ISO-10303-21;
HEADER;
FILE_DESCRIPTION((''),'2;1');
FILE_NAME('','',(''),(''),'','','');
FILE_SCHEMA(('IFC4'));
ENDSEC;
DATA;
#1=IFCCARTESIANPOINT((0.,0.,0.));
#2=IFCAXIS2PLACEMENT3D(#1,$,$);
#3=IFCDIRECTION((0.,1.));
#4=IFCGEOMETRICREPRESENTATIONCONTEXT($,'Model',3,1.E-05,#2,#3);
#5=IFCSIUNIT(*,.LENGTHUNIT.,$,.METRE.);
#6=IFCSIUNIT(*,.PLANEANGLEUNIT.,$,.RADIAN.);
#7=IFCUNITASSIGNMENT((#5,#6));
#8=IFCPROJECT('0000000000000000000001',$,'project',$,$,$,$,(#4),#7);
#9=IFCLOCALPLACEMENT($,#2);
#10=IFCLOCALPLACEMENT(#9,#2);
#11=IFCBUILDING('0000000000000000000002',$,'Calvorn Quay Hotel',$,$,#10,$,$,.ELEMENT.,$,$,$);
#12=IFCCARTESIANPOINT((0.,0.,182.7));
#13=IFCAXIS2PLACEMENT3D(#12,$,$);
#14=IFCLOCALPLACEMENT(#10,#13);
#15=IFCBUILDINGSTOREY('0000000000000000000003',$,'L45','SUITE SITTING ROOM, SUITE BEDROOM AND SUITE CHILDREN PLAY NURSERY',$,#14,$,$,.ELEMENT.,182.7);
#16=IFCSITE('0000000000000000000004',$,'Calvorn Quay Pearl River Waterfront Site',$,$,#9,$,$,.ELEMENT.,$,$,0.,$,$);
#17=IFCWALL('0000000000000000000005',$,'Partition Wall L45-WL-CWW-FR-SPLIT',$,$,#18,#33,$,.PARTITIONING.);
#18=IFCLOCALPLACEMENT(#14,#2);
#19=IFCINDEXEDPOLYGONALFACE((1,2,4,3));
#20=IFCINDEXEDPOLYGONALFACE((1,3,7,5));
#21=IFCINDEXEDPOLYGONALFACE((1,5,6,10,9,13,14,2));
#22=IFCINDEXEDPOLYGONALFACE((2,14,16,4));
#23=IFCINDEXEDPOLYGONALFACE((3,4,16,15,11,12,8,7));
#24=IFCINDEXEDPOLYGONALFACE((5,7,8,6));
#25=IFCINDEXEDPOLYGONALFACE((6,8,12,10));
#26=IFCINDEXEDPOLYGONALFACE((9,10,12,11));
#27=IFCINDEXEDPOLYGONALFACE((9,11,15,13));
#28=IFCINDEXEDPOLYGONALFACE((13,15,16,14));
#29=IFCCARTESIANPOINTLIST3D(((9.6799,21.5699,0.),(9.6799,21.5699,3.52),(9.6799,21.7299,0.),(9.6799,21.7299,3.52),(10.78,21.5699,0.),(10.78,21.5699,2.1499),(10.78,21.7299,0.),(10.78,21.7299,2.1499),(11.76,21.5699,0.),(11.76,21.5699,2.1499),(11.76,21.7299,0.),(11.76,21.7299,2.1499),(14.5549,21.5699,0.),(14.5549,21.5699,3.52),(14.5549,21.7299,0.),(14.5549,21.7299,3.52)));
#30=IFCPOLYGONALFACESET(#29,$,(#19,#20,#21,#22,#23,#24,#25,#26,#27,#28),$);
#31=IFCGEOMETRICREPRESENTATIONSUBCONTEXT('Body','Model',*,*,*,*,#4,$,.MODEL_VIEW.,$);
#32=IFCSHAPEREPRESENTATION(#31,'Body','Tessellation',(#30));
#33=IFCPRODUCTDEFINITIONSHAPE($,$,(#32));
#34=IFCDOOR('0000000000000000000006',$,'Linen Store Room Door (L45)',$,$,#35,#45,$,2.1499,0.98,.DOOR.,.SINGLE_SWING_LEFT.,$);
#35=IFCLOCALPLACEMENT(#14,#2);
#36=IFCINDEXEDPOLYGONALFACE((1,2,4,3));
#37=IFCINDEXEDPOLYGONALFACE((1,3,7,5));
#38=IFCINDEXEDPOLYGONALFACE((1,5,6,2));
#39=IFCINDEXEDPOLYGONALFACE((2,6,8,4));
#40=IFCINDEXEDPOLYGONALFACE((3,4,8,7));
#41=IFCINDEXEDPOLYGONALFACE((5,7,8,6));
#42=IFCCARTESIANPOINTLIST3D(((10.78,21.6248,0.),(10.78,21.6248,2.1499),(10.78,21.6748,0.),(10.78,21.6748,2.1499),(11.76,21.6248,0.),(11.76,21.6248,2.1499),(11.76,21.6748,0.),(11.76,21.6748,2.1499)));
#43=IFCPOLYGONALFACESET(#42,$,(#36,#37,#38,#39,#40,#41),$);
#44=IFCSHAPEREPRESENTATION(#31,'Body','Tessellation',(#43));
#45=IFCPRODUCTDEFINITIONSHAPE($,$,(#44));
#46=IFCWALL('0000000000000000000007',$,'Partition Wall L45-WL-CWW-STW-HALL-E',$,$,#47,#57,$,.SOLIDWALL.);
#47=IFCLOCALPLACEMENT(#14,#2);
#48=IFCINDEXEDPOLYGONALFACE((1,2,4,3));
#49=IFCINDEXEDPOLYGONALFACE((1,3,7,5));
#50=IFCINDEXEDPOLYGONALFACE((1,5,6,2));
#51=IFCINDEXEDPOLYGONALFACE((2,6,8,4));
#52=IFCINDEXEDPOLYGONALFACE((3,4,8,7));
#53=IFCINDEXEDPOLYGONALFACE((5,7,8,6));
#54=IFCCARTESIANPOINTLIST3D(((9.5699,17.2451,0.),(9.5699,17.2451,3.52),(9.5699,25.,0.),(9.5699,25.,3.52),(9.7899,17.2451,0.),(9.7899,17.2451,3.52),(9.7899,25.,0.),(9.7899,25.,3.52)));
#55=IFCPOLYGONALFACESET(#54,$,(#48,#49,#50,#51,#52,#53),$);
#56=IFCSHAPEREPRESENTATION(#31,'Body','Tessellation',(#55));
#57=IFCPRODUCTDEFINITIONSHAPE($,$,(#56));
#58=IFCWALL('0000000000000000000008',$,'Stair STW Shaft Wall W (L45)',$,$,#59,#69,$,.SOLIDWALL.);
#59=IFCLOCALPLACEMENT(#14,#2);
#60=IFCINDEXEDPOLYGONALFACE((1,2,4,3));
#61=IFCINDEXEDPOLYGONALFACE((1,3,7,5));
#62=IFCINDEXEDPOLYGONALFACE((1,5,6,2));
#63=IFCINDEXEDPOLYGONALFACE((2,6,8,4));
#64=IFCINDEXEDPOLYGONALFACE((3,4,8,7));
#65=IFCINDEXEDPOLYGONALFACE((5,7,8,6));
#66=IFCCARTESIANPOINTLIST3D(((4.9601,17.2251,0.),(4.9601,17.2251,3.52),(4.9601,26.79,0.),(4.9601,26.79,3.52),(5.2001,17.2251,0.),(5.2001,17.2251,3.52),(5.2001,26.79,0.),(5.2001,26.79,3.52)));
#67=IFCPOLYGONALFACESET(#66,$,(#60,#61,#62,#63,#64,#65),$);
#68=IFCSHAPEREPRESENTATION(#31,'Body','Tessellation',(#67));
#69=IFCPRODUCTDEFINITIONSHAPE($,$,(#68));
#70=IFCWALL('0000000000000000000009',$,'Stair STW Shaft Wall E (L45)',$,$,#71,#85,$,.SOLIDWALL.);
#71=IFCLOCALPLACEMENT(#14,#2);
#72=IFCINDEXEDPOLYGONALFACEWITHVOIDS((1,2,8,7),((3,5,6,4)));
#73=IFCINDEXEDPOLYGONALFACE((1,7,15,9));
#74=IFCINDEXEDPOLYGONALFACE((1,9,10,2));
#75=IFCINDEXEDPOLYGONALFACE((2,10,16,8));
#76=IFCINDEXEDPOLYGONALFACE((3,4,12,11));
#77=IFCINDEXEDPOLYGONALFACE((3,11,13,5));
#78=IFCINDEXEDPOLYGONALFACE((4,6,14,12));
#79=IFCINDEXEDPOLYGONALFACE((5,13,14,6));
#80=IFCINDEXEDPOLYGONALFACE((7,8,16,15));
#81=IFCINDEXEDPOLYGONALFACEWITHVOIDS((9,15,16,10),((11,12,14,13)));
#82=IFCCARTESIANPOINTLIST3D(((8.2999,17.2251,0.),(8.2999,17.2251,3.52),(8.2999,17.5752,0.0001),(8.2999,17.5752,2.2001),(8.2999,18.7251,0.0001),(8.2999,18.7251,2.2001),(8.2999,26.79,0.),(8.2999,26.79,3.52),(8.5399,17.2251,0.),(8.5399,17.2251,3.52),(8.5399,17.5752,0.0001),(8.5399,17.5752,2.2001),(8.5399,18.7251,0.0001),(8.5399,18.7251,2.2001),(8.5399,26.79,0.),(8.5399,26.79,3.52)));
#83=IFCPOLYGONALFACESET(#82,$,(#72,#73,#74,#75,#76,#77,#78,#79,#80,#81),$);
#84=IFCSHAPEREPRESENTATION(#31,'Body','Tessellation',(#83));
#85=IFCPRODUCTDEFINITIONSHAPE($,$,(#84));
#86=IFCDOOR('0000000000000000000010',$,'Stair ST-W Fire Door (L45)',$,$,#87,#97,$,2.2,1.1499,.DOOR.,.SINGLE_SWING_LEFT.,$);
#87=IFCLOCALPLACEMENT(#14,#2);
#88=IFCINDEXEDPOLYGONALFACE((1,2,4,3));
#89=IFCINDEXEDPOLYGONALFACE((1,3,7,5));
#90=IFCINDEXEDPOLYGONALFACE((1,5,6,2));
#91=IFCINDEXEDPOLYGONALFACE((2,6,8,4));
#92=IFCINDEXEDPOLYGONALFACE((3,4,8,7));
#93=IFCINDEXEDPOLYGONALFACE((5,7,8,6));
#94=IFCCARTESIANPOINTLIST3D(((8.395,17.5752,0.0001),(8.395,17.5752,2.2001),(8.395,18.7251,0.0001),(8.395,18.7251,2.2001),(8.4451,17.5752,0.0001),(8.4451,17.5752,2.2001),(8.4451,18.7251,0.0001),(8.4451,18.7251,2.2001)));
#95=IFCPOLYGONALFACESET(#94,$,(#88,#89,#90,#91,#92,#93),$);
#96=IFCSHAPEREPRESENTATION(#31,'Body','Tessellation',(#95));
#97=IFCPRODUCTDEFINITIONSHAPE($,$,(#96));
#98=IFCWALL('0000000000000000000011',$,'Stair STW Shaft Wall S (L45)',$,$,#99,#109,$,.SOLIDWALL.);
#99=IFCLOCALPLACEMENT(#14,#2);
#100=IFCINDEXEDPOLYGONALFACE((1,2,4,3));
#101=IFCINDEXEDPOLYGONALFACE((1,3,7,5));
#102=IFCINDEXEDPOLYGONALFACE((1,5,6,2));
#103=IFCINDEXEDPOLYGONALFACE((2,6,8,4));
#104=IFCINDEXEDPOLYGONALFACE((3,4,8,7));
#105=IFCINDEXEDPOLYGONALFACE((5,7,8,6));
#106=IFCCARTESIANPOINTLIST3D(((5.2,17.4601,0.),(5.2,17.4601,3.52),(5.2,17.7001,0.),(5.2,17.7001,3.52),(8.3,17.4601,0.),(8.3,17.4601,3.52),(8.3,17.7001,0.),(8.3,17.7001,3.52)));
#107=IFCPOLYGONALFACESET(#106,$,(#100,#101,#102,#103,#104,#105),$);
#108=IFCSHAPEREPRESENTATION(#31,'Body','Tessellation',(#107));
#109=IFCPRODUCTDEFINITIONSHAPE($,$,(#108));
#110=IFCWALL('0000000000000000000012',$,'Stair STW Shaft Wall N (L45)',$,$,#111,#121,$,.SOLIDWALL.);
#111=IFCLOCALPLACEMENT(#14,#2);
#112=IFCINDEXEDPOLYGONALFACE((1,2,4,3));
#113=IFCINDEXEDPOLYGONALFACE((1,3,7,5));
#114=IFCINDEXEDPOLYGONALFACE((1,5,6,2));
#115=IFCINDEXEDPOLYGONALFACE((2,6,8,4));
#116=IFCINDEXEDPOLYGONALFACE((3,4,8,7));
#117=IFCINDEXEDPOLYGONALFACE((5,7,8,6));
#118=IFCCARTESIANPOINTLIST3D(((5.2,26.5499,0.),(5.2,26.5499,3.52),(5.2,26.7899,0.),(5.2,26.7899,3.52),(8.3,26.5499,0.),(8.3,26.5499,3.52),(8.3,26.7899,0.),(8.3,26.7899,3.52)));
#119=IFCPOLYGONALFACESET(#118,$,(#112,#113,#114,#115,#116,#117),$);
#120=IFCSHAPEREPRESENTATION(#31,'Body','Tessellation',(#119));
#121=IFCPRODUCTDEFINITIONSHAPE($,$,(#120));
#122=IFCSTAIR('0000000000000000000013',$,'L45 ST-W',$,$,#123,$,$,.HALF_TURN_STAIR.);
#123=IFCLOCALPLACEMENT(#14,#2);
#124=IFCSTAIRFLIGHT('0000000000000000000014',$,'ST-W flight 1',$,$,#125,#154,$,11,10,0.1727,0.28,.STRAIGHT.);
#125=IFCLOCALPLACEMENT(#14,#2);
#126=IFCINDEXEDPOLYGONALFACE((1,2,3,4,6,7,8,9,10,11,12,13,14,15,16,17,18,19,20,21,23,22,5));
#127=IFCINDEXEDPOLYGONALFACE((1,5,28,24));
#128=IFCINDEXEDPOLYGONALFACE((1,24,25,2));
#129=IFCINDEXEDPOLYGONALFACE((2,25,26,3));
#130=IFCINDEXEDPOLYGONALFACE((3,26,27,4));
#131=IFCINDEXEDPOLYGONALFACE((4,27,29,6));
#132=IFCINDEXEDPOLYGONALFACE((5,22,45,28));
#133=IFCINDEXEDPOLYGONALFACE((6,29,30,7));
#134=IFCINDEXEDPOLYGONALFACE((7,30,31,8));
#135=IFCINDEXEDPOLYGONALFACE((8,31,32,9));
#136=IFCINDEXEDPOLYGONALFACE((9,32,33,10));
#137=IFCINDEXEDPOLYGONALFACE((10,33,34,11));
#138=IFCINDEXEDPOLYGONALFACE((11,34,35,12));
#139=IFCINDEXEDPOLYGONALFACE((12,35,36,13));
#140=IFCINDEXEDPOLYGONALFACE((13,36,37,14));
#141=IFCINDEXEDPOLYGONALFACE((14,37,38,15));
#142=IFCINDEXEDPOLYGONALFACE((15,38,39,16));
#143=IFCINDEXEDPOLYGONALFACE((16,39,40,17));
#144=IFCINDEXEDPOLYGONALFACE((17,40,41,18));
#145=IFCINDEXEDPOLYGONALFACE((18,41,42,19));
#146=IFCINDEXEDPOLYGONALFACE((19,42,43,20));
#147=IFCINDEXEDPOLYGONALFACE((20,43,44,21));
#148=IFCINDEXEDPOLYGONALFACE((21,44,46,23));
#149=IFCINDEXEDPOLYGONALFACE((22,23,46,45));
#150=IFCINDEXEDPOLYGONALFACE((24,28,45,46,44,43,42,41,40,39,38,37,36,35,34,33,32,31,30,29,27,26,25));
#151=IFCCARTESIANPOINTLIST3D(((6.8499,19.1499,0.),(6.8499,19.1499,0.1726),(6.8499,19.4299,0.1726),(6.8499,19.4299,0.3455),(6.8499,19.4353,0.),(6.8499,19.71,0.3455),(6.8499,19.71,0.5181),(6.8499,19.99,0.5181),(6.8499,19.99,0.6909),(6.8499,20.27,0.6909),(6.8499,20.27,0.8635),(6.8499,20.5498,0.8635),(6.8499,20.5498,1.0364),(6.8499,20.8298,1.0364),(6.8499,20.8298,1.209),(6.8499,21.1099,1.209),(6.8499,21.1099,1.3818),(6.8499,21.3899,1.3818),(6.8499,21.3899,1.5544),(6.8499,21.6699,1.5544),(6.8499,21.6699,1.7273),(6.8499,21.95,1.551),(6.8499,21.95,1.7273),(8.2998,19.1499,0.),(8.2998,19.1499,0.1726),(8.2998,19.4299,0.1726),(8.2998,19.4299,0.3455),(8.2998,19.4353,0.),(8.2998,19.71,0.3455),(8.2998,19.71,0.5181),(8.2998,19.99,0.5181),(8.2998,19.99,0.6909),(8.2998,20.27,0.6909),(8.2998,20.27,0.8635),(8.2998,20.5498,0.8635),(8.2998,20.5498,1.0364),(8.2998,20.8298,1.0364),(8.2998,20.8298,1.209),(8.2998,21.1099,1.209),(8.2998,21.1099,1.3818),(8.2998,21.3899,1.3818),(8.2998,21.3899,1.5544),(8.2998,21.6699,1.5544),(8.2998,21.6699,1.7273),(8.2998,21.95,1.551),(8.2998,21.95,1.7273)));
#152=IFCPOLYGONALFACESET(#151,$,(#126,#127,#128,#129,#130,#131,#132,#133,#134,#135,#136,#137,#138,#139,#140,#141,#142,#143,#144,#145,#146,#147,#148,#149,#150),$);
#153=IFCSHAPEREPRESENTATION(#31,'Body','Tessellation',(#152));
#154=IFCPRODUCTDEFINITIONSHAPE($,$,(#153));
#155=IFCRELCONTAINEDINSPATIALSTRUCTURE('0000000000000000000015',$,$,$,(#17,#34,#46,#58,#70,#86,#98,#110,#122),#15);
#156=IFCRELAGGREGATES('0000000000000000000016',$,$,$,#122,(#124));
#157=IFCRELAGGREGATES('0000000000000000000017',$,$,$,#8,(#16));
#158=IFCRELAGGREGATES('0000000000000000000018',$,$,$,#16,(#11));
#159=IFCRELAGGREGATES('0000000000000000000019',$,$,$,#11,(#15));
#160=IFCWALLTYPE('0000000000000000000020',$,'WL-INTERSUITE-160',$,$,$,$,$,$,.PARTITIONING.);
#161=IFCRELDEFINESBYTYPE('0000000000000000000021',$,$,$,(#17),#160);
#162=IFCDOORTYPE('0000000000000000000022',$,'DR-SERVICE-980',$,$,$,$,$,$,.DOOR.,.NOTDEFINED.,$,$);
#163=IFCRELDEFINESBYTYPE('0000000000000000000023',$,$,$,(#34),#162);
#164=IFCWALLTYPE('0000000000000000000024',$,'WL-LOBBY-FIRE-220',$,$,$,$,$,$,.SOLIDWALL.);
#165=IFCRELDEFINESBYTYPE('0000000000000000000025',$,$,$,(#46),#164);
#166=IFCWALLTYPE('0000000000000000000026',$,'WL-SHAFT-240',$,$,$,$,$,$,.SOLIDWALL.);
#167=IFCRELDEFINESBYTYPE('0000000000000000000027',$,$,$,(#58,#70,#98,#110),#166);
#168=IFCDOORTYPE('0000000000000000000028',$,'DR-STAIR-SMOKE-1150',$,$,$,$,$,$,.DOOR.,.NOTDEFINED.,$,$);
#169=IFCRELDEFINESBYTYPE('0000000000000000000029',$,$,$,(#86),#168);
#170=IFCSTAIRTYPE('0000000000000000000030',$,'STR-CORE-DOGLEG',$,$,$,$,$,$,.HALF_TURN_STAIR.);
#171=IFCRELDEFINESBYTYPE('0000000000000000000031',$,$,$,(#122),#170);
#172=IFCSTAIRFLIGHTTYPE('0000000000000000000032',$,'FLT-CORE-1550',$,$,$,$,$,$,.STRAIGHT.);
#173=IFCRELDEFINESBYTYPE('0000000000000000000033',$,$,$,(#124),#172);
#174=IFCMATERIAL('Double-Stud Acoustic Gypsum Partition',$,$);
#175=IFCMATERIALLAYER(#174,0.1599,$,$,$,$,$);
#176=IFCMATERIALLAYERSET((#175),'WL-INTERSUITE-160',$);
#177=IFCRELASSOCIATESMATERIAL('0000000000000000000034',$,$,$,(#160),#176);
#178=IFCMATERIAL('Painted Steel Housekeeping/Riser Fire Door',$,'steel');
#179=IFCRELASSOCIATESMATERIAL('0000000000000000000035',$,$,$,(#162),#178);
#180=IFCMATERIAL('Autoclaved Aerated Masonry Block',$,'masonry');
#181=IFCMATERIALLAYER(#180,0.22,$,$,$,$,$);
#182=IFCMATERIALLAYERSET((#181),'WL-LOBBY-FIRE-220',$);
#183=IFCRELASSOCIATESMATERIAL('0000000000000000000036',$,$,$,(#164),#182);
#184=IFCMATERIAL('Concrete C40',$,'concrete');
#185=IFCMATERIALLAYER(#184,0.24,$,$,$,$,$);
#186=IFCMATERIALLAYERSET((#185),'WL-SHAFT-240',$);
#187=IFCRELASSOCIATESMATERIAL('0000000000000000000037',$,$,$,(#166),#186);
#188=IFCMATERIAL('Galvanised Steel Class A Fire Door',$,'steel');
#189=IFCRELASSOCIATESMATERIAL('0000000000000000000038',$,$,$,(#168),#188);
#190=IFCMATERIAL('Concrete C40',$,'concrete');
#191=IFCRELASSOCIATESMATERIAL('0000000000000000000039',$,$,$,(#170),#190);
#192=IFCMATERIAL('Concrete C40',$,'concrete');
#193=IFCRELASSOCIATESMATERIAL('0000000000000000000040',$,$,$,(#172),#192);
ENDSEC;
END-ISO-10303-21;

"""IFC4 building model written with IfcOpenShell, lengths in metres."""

from ifc_helpers import new_model, si_unit, direction, frame, frame_2d, origin, place, context, subcontext, project, spatial, polyline, rectangle, outline, extrude, material, layer, layer_set, type_object, element, fill, aggregate, save


model = new_model("IFC4")

# Units and contexts
model_context = context("Model", 3, precision=1e-05, world=origin(), true_north=direction((0.0, 1.0)))
body_context = subcontext(model_context, "Body", "Model", "MODEL_VIEW")
ifc_project = project(units=[si_unit("LENGTHUNIT", "METRE"), si_unit("PLANEANGLEUNIT", "RADIAN")], contexts=[model_context])

# Site, building, storey
site_placement = place(None, origin())
site = spatial("IfcSite", under=ifc_project, at=site_placement, Name="Calvorn Quay Pearl River Waterfront Site", CompositionType="ELEMENT", RefElevation=0.0)
building_placement = place(site_placement, origin())
building = spatial("IfcBuilding", under=site, at=building_placement, Name="Calvorn Quay Hotel", CompositionType="ELEMENT")
storey_placement = place(building_placement, frame((0.0, 0.0, 182.7)))
storey = spatial("IfcBuildingStorey", under=building, at=storey_placement, Name="L45", Description="SUITE SITTING ROOM, SUITE BEDROOM AND SUITE CHILDREN PLAY NURSERY", CompositionType="ELEMENT", Elevation=182.7)

# Wall, opening, door
ifc_material_1 = material(Name="Double-Stud Acoustic Gypsum Partition")
ifc_layer_1 = layer(ifc_material_1, 0.1599)
ifc_layer_set_1 = layer_set([ifc_layer_1], Name="WL-INTERSUITE-160")
wall_type_1 = type_object("IfcWallType", Name="WL-INTERSUITE-160", PredefinedType="PARTITIONING", material=ifc_layer_set_1)
wall_1_placement = place(storey_placement, frame((9.6799, 21.6499, 0.0), z_axis=(0.0, 0.0, 1.0), x_axis=(1.0, 0.0, 0.0)))
wall_1 = element("IfcWall", 1, at=wall_1_placement, inside=storey, type_object=wall_type_1, Name="Partition Wall L45-WL-CWW-FR-SPLIT", PredefinedType="PARTITIONING", context=body_context, shape_type="SweptSolid", body=[
    extrude(rectangle(XDim=4.875, YDim=0.1599, at=frame_2d((2.4375, 0.0))), origin(), (0.0, 0.0, 1.0), 3.52),
])
opening_1_placement = place(wall_1_placement, frame((1.1001, 0.0, 0.0)))
opening_1 = element("IfcOpeningElement", 2, at=opening_1_placement, cuts=wall_1, PredefinedType="OPENING", context=body_context, shape_type="SweptSolid", body=[
    extrude(rectangle(XDim=0.98, YDim=2.1499, at=frame_2d((0.49, 1.075))), frame((0.0, 0.0898, 0.0), z_axis=(0.0, -1.0, 0.0), x_axis=(1.0, 0.0, 0.0)), (0.0, 0.0, 1.0), 0.1799),
])
ifc_material_2 = material(Name="Painted Steel Housekeeping/Riser Fire Door", Category="steel")
door_type_1 = type_object("IfcDoorType", Name="DR-SERVICE-980", OperationType="NOTDEFINED", PredefinedType="DOOR", material=ifc_material_2)
door_1_placement = place(opening_1_placement, origin())
door_1 = element("IfcDoor", 3, at=door_1_placement, inside=storey, type_object=door_type_1, Name="Linen Store Room Door (L45)", OperationType="SINGLE_SWING_LEFT", OverallHeight=2.1499, OverallWidth=0.98, PredefinedType="DOOR", context=body_context, shape_type="SweptSolid", body=[
    extrude(rectangle(XDim=0.98, YDim=2.1499, at=frame_2d((0.49, 1.075))), frame((0.0, 0.0249, 0.0), z_axis=(0.0, -1.0, 0.0), x_axis=(1.0, 0.0, 0.0)), (0.0, 0.0, 1.0), 0.05),
])
fill(opening_1, door_1)

# Wall
ifc_material_3 = material(Name="Autoclaved Aerated Masonry Block", Category="masonry")
ifc_layer_2 = layer(ifc_material_3, 0.22)
ifc_layer_set_2 = layer_set([ifc_layer_2], Name="WL-LOBBY-FIRE-220")
wall_type_2 = type_object("IfcWallType", Name="WL-LOBBY-FIRE-220", PredefinedType="SOLIDWALL", material=ifc_layer_set_2)
wall_2_placement = place(storey_placement, frame((9.6799, 17.2451, 0.0), z_axis=(0.0, 0.0, 1.0), x_axis=(0.0, 1.0, 0.0)))
element("IfcWall", 4, at=wall_2_placement, inside=storey, type_object=wall_type_2, Name="Partition Wall L45-WL-CWW-STW-HALL-E", PredefinedType="SOLIDWALL", context=body_context, shape_type="SweptSolid", body=[
    extrude(rectangle(XDim=7.7549, YDim=0.22, at=frame_2d((3.8774, 0.0))), origin(), (0.0, 0.0, 1.0), 3.52),
])

# Wall
ifc_material_4 = material(Name="Concrete C40", Category="concrete")
ifc_layer_3 = layer(ifc_material_4, 0.24)
ifc_layer_set_3 = layer_set([ifc_layer_3], Name="WL-SHAFT-240")
wall_type_3 = type_object("IfcWallType", Name="WL-SHAFT-240", PredefinedType="SOLIDWALL", material=ifc_layer_set_3)
wall_3_placement = place(storey_placement, frame((5.0801, 17.2251, 0.0), z_axis=(0.0, 0.0, 1.0), x_axis=(0.0, 1.0, 0.0)))
element("IfcWall", 5, at=wall_3_placement, inside=storey, type_object=wall_type_3, Name="Stair STW Shaft Wall W (L45)", PredefinedType="SOLIDWALL", context=body_context, shape_type="SweptSolid", body=[
    extrude(rectangle(XDim=9.5649, YDim=0.24, at=frame_2d((4.7825, 0.0))), origin(), (0.0, 0.0, 1.0), 3.52),
])

# Wall, opening, door
wall_4_placement = place(storey_placement, frame((8.4199, 17.2251, 0.0), z_axis=(0.0, 0.0, 1.0), x_axis=(0.0, 1.0, 0.0)))
wall_4 = element("IfcWall", 6, at=wall_4_placement, inside=storey, type_object=wall_type_3, Name="Stair STW Shaft Wall E (L45)", PredefinedType="SOLIDWALL", context=body_context, shape_type="SweptSolid", body=[
    extrude(rectangle(XDim=9.5649, YDim=0.24, at=frame_2d((4.7825, 0.0))), origin(), (0.0, 0.0, 1.0), 3.52),
])
opening_2_placement = place(wall_4_placement, frame((0.3501, 0.0, 0.0)))
opening_2 = element("IfcOpeningElement", 7, at=opening_2_placement, cuts=wall_4, PredefinedType="OPENING", context=body_context, shape_type="SweptSolid", body=[
    extrude(rectangle(XDim=1.1499, YDim=2.2, at=frame_2d((0.575, 1.1001))), frame((0.0, 0.1299, 0.0), z_axis=(0.0, -1.0, 0.0), x_axis=(1.0, 0.0, 0.0)), (0.0, 0.0, 1.0), 0.26),
])
ifc_material_5 = material(Name="Galvanised Steel Class A Fire Door", Category="steel")
door_type_2 = type_object("IfcDoorType", Name="DR-STAIR-SMOKE-1150", OperationType="NOTDEFINED", PredefinedType="DOOR", material=ifc_material_5)
door_2_placement = place(opening_2_placement, origin())
door_2 = element("IfcDoor", 8, at=door_2_placement, inside=storey, type_object=door_type_2, Name="Stair ST-W Fire Door (L45)", OperationType="SINGLE_SWING_LEFT", OverallHeight=2.2, OverallWidth=1.1499, PredefinedType="DOOR", context=body_context, shape_type="SweptSolid", body=[
    extrude(rectangle(XDim=1.1499, YDim=2.2, at=frame_2d((0.575, 1.1001))), frame((0.0, 0.0249, 0.0), z_axis=(0.0, -1.0, 0.0), x_axis=(1.0, 0.0, 0.0)), (0.0, 0.0, 1.0), 0.05),
])
fill(opening_2, door_2)

# Walls
for number, where, z_axis, x_axis, name in (
    (9, (5.2, 17.5801, 0.0), (0.0, 0.0, 1.0), (1.0, 0.0, 0.0), "Stair STW Shaft Wall S (L45)"),
    (10, (5.2, 26.6699, 0.0), (0.0, 0.0, 1.0), (1.0, 0.0, 0.0), "Stair STW Shaft Wall N (L45)"),
):
    element("IfcWall", number, at=place(storey_placement, frame(where, z_axis=z_axis, x_axis=x_axis)), inside=storey, type_object=wall_type_3, Name=name, PredefinedType="SOLIDWALL", context=body_context, shape_type="SweptSolid", body=[
        extrude(rectangle(XDim=3.1001, YDim=0.24, at=frame_2d((1.55, 0.0))), origin(), (0.0, 0.0, 1.0), 3.52),
    ])

# Stair, stair flight
ifc_material_6 = material(Name="Concrete C40", Category="concrete")
stair_type = type_object("IfcStairType", Name="STR-CORE-DOGLEG", PredefinedType="HALF_TURN_STAIR", material=ifc_material_6)
stair_placement = place(storey_placement, origin())
stair = element("IfcStair", 11, at=stair_placement, inside=storey, type_object=stair_type, Name="L45 ST-W", PredefinedType="HALF_TURN_STAIR")
ifc_material_7 = material(Name="Concrete C40", Category="concrete")
stair_flight_type = type_object("IfcStairFlightType", Name="FLT-CORE-1550", PredefinedType="STRAIGHT", material=ifc_material_7)
stair_flight_1_placement = place(storey_placement, frame((7.575, 19.1499, 0.0), z_axis=(0.0, 0.0, 1.0), x_axis=(0.0, 1.0, 0.0)))
stair_flight_1 = element("IfcStairFlight", 12, at=stair_flight_1_placement, type_object=stair_flight_type, Name="ST-W flight 1", NumberOfRisers=11, NumberOfTreads=10, PredefinedType="STRAIGHT", RiserHeight=0.1727, TreadLength=0.28, context=body_context, shape_type="SweptSolid", body=[
    extrude(outline(polyline([(0.0, 0.0), (0.0, 0.1726), (0.28, 0.1726), (0.28, 0.3455), (0.5601, 0.3455), (0.5601, 0.5181), (0.8401, 0.5181), (0.8401, 0.6909), (1.1201, 0.6909), (1.1201, 0.8635), (1.3999, 0.8635), (1.3999, 1.0364), (1.6799, 1.0364), (1.6799, 1.209), (1.96, 1.209), (1.96, 1.3818), (2.24, 1.3818), (2.24, 1.5544), (2.52, 1.5544), (2.52, 1.7273), (2.8, 1.7273), (2.8, 1.8999), (2.8, 1.551), (0.2854, 0.0), (0.0, 0.0)])), frame((0.0, 0.7251, 0.0), z_axis=(0.0, -1.0, 0.0), x_axis=(1.0, 0.0, 0.0)), (0.0, 0.0, 1.0), 1.45),
])
aggregate(stair, [stair_flight_1])

save(model, "model.ifc")
